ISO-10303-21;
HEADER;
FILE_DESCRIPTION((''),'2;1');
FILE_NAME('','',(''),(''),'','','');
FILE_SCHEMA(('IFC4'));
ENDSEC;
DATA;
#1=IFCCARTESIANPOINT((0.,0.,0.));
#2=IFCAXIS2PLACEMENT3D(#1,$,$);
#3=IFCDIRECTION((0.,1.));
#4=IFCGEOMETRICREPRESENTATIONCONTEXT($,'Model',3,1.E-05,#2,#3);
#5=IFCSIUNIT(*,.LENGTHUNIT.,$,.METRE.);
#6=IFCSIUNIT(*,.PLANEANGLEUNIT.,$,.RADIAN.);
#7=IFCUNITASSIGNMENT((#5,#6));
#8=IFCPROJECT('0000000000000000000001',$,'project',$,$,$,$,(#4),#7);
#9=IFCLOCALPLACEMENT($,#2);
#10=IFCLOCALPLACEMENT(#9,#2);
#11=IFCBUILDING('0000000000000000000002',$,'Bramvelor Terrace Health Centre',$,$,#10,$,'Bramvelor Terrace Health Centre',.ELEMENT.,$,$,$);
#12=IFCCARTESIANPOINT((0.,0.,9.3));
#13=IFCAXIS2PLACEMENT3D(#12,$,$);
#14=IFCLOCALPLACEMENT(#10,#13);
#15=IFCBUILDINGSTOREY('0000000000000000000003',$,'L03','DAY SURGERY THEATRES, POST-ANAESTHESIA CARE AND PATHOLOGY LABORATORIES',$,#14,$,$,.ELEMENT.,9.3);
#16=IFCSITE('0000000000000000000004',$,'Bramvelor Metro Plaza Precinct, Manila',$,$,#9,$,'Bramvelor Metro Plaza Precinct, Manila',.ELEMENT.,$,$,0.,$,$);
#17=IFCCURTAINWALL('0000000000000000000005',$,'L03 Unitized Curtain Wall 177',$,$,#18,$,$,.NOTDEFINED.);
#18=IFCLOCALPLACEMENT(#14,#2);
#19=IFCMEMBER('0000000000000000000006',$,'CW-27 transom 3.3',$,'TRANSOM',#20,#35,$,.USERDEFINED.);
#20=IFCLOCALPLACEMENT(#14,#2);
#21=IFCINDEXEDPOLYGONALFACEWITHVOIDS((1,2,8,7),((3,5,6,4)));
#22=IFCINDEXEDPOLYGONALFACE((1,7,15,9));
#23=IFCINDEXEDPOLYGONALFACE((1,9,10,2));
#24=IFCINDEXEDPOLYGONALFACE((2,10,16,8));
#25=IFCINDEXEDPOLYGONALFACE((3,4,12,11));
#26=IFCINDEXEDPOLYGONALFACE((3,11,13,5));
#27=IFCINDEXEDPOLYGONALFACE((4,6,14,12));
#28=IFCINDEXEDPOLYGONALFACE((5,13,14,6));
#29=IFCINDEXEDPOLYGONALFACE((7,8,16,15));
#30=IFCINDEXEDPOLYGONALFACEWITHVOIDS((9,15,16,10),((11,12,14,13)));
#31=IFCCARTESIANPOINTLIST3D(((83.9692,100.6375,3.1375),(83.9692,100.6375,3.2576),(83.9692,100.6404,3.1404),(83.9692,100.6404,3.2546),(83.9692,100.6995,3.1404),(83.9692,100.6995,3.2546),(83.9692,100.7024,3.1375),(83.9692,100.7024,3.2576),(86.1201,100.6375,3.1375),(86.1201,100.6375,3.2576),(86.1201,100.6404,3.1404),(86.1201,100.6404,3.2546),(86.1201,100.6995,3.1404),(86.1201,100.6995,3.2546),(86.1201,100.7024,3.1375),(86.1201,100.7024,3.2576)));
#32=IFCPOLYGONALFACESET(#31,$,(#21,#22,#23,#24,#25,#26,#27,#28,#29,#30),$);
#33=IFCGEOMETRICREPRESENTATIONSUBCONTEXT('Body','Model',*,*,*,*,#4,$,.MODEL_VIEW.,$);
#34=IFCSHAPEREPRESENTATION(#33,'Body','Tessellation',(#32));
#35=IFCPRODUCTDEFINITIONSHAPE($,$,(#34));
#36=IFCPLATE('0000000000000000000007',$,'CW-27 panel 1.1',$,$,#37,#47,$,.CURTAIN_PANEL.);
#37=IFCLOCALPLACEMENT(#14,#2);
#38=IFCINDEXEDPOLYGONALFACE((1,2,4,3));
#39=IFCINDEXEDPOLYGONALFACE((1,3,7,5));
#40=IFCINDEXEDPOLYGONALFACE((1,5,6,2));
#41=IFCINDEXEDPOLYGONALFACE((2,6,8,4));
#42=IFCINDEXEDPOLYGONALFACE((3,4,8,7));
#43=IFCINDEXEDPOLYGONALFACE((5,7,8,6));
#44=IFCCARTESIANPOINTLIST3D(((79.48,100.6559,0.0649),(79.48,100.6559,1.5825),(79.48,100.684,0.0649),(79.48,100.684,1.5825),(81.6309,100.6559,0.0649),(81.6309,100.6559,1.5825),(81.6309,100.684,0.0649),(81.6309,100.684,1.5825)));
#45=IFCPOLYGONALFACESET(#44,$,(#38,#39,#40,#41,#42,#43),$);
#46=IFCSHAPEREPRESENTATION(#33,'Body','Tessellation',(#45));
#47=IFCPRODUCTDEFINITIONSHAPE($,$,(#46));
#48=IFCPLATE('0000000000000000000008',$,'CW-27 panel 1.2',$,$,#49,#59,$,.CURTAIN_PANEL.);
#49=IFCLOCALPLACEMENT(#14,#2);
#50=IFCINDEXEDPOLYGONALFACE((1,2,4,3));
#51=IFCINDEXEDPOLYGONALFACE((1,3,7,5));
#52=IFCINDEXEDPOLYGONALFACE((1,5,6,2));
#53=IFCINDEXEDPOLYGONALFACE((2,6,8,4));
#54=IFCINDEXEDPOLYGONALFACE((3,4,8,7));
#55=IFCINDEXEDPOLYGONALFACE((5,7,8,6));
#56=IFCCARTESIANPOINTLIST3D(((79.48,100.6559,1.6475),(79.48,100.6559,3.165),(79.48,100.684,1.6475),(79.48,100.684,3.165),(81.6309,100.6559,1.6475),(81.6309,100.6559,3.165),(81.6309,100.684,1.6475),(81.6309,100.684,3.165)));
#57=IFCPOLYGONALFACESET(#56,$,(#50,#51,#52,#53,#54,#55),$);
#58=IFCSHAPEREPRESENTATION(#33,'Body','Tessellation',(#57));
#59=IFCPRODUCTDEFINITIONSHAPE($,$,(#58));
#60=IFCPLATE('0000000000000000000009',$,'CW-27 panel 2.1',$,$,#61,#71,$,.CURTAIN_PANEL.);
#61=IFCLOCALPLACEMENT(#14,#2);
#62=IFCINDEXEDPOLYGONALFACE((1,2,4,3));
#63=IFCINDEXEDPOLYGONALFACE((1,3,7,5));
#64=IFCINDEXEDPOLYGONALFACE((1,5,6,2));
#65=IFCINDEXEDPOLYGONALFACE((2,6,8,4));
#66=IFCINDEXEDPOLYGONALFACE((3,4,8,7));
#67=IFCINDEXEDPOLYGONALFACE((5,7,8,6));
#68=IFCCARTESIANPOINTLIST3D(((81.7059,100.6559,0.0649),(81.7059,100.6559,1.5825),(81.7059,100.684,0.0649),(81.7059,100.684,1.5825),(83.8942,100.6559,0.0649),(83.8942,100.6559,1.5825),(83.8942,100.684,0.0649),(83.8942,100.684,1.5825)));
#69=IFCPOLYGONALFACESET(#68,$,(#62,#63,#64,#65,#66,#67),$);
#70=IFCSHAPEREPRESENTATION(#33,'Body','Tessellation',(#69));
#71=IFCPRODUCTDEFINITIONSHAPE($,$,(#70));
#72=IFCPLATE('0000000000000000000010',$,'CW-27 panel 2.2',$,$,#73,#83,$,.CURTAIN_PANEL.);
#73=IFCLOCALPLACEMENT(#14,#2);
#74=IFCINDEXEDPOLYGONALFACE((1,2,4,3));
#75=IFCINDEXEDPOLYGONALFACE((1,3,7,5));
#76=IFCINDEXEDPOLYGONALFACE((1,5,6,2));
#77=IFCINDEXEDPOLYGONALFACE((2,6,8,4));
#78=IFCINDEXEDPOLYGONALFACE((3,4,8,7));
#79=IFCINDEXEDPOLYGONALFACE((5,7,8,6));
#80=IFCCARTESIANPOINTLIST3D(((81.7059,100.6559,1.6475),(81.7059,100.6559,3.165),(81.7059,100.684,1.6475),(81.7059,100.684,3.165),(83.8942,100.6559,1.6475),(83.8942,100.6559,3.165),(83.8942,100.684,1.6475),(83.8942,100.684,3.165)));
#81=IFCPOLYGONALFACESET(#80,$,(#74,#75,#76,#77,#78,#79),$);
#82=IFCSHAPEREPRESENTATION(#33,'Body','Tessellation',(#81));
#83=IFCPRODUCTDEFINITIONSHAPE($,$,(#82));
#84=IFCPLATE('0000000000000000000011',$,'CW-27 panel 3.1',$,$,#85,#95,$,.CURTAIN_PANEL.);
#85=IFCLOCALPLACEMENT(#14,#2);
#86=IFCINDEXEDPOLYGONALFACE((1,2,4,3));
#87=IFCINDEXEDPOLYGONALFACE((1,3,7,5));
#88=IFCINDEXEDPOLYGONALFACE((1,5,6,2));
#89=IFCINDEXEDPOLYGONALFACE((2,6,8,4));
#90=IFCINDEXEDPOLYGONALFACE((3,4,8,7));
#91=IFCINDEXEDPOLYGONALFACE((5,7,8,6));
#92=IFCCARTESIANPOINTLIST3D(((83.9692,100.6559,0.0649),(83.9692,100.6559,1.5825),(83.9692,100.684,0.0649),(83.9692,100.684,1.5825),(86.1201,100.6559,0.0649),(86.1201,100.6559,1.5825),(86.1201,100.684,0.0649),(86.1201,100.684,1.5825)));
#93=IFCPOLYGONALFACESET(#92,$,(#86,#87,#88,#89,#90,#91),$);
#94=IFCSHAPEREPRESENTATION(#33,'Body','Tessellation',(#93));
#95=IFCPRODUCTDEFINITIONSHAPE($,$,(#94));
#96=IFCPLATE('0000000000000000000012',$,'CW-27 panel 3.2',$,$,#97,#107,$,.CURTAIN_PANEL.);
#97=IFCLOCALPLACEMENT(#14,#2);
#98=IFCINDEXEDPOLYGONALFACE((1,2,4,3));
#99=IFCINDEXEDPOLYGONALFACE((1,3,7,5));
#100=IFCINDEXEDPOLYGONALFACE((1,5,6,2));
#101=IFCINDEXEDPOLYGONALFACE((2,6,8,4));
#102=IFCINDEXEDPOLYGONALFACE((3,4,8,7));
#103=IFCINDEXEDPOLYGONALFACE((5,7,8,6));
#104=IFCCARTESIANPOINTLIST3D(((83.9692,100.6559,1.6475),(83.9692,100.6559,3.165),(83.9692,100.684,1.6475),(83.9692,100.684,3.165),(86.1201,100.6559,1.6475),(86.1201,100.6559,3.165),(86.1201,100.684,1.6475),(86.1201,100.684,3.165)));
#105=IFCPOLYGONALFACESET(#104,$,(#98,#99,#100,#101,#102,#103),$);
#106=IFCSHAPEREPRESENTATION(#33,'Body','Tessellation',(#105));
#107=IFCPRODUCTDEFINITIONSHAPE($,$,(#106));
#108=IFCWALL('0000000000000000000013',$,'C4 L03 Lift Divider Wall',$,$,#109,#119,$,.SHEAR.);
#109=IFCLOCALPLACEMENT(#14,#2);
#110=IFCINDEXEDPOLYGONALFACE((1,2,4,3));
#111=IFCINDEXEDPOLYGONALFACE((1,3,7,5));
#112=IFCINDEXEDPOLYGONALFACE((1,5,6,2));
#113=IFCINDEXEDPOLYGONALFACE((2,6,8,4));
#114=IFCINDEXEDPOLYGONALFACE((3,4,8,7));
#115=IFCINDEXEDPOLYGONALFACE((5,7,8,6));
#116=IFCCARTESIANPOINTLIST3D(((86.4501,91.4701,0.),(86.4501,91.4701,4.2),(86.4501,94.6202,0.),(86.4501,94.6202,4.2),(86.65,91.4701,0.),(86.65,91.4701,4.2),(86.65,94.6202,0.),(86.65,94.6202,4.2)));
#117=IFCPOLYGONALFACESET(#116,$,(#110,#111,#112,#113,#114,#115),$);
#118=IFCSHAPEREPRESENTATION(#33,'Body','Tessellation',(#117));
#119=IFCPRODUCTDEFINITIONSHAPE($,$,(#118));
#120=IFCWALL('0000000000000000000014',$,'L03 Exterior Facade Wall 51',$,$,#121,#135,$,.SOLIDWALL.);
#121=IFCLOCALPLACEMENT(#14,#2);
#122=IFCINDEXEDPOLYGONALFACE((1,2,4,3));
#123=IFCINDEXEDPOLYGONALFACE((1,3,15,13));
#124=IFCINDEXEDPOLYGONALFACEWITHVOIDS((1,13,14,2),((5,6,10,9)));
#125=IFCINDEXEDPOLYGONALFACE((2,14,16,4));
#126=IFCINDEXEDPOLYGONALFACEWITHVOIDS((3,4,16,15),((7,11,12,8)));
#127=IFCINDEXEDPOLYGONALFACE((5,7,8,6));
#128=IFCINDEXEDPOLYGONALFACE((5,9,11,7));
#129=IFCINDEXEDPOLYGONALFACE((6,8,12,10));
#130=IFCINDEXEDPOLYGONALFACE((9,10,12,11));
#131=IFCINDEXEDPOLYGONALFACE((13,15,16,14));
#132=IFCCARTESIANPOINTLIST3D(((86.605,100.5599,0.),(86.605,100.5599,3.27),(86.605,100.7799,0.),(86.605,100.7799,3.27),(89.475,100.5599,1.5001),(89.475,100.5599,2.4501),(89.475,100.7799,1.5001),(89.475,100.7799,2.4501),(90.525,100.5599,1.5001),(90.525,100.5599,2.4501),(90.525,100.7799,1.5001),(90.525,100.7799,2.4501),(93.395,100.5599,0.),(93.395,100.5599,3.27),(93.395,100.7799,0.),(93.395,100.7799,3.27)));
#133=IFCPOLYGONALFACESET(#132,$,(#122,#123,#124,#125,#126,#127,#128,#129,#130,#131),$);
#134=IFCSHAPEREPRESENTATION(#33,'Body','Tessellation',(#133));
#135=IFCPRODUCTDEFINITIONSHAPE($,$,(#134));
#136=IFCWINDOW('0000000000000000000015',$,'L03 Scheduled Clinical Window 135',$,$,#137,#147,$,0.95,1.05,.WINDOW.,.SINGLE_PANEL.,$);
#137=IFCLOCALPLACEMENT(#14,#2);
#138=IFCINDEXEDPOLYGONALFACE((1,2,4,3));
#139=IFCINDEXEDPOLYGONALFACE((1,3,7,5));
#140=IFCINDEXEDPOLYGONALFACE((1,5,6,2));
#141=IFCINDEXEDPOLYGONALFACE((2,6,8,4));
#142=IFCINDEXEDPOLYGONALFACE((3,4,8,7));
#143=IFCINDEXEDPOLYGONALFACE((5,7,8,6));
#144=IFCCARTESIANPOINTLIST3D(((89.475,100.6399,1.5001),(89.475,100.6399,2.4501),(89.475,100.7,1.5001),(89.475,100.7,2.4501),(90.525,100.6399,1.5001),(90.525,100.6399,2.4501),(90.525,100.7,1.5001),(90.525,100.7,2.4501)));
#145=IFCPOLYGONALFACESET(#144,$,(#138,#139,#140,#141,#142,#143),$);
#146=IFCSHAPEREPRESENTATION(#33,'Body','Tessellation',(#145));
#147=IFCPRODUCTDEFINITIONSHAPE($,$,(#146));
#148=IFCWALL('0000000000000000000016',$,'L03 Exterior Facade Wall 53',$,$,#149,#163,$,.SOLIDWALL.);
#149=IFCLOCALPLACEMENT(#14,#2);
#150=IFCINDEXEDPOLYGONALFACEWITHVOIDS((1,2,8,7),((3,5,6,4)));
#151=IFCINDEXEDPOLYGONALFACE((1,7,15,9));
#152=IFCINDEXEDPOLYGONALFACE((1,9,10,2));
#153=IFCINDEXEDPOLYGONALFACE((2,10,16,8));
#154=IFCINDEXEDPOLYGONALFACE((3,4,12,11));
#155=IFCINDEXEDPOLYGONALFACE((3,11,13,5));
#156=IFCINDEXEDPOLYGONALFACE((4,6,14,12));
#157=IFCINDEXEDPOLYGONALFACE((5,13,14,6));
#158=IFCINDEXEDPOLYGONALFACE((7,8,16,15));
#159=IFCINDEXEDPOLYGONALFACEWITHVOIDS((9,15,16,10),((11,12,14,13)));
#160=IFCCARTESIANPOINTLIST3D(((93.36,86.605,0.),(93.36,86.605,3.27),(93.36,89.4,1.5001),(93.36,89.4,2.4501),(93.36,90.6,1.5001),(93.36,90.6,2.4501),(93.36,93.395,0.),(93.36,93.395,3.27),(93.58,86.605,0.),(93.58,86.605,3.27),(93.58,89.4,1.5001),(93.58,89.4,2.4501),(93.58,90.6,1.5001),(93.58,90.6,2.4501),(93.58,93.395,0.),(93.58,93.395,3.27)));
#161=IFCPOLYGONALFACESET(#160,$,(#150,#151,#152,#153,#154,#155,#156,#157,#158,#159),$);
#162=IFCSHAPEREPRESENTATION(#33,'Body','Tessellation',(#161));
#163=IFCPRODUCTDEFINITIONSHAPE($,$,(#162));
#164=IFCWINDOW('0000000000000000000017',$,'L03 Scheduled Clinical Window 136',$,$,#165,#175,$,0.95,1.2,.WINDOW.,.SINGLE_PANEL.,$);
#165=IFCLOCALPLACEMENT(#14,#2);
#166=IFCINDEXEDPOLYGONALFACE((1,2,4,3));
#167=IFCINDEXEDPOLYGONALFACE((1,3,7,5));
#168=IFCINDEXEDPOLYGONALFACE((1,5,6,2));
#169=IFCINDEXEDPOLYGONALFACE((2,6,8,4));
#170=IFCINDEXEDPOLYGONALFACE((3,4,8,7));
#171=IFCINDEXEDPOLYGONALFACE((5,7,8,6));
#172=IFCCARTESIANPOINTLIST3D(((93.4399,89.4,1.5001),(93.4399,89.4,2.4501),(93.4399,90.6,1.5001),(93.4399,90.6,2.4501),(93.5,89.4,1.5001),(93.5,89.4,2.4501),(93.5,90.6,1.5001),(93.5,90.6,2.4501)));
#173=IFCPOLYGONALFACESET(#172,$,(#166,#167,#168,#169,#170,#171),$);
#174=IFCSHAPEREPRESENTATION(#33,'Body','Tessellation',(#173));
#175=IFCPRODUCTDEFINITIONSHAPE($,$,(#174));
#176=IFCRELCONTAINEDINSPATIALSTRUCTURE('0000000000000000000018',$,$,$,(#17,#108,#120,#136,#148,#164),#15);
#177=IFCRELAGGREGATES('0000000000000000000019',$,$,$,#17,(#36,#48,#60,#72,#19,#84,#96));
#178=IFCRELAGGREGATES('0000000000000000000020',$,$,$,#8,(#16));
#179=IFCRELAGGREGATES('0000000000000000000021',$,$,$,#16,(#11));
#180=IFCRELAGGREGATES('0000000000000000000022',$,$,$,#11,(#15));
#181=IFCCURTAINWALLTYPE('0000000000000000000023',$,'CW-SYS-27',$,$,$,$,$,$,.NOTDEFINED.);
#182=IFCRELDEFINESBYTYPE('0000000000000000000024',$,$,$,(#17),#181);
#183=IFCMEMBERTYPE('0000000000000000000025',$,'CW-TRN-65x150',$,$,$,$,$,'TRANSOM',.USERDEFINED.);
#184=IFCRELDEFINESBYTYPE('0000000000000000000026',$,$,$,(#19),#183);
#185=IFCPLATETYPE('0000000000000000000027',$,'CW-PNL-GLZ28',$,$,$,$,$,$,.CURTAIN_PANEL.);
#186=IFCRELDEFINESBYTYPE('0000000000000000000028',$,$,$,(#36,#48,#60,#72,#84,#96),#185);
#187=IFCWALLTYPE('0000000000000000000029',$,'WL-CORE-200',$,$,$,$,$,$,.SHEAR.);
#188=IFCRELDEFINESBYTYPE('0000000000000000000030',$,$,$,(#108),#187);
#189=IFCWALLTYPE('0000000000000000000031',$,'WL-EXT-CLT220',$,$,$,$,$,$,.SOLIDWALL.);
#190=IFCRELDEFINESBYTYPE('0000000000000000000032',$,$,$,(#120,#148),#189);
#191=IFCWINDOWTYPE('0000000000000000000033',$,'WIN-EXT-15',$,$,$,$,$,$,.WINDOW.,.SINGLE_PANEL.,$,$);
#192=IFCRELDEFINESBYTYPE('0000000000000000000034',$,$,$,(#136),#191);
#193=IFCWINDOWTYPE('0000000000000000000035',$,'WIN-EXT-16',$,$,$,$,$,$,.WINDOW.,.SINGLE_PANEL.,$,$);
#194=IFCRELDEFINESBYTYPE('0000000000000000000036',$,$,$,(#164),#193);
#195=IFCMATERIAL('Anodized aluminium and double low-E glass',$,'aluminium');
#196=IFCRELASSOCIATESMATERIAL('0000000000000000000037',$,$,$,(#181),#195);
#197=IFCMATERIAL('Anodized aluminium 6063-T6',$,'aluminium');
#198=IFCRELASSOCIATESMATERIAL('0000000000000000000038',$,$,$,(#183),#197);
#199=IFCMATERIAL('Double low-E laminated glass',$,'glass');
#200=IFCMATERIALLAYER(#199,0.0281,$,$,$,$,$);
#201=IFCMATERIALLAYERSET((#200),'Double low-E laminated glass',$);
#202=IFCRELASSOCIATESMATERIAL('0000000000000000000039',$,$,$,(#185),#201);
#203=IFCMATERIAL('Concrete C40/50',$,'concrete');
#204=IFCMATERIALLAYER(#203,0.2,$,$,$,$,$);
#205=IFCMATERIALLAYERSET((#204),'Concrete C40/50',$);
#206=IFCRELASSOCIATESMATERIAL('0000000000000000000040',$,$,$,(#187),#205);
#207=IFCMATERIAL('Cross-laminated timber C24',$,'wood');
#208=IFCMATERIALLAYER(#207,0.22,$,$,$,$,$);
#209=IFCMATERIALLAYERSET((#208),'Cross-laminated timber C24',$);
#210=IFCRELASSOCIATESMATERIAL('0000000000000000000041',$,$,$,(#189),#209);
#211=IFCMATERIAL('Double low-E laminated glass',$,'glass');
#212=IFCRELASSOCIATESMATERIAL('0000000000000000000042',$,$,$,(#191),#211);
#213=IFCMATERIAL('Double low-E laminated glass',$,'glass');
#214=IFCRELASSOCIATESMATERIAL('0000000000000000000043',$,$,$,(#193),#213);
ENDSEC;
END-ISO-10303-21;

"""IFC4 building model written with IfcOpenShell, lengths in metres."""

from ifc_helpers import new_model, si_unit, direction, frame, frame_2d, origin, origin_2d, place, context, subcontext, project, spatial, rectangle, hollow_rectangle, extrude, material, layer, layer_set, material_profile, profile_set, type_object, element, fill, aggregate, save


model = new_model("IFC4")

# Units and contexts
model_context = context("Model", 3, precision=1e-05, world=origin(), true_north=direction((0.0, 1.0)))
body_context = subcontext(model_context, "Body", "Model", "MODEL_VIEW")
ifc_project = project(units=[si_unit("LENGTHUNIT", "METRE"), si_unit("PLANEANGLEUNIT", "RADIAN")], contexts=[model_context])

# Site, building, storey
site_placement = place(None, origin())
site = spatial("IfcSite", under=ifc_project, at=site_placement, Name="Bramvelor Metro Plaza Precinct, Manila", LongName="Bramvelor Metro Plaza Precinct, Manila", CompositionType="ELEMENT", RefElevation=0.0)
building_placement = place(site_placement, origin())
building = spatial("IfcBuilding", under=site, at=building_placement, Name="Bramvelor Terrace Health Centre", LongName="Bramvelor Terrace Health Centre", CompositionType="ELEMENT")
storey_placement = place(building_placement, frame((0.0, 0.0, 9.3)))
storey = spatial("IfcBuildingStorey", under=building, at=storey_placement, Name="L03", Description="DAY SURGERY THEATRES, POST-ANAESTHESIA CARE AND PATHOLOGY LABORATORIES", CompositionType="ELEMENT", Elevation=9.3)

# Curtain wall, member, plates
ifc_material_1 = material(Name="Anodized aluminium and double low-E glass", Category="aluminium")
curtain_wall_type = type_object("IfcCurtainWallType", Name="CW-SYS-27", PredefinedType="NOTDEFINED", material=ifc_material_1)
curtain_wall_placement = place(storey_placement, origin())
curtain_wall = element("IfcCurtainWall", 1, at=curtain_wall_placement, inside=storey, type_object=curtain_wall_type, Name="L03 Unitized Curtain Wall 177", PredefinedType="NOTDEFINED")
ifc_material_2 = material(Name="Anodized aluminium 6063-T6", Category="aluminium")
ifc_material_profile_1 = material_profile(ifc_material_2, hollow_rectangle(XDim=0.0649, YDim=0.1201, WallThickness=0.0029, at=origin_2d()), Name="ALU-TRN 65x120x3.0")
ifc_profile_set_1 = profile_set([ifc_material_profile_1], Name="Anodized aluminium 6063-T6")
member_type_1 = type_object("IfcMemberType", Name="CW-TRN-65x150", ElementType="TRANSOM", PredefinedType="USERDEFINED", material=ifc_profile_set_1)
member_1_placement = place(storey_placement, frame((83.9692, 100.6699, 3.1975), z_axis=(1.0, 0.0, 0.0), x_axis=(0.0, 1.0, 0.0)))
member_1 = element("IfcMember", 2, at=member_1_placement, type_object=member_type_1, Name="CW-27 transom 3.3", ObjectType="TRANSOM", PredefinedType="USERDEFINED", context=body_context, shape_type="SweptSolid", body=[
    extrude(hollow_rectangle(XDim=0.0649, YDim=0.1201, WallThickness=0.0029, at=origin_2d()), origin(), (0.0, 0.0, 1.0), 2.1509),
])
ifc_material_3 = material(Name="Double low-E laminated glass", Category="glass")
ifc_layer_1 = layer(ifc_material_3, 0.0281)
ifc_layer_set_1 = layer_set([ifc_layer_1], Name="Double low-E laminated glass")
plate_type = type_object("IfcPlateType", Name="CW-PNL-GLZ28", PredefinedType="CURTAIN_PANEL", material=ifc_layer_set_1)
plate_1_placement = place(storey_placement, frame((80.5554, 100.6699, 0.0649), z_axis=(0.0, 0.0, 1.0), x_axis=(1.0, 0.0, 0.0)))
plate_1 = element("IfcPlate", 3, at=plate_1_placement, type_object=plate_type, Name="CW-27 panel 1.1", PredefinedType="CURTAIN_PANEL", context=body_context, shape_type="SweptSolid", body=[
    extrude(rectangle(XDim=2.1509, YDim=0.0281, at=origin_2d()), origin(), (0.0, 0.0, 1.0), 1.5176),
])
plate_2_placement = place(storey_placement, frame((80.5554, 100.6699, 1.6475), z_axis=(0.0, 0.0, 1.0), x_axis=(1.0, 0.0, 0.0)))
plate_2 = element("IfcPlate", 4, at=plate_2_placement, type_object=plate_type, Name="CW-27 panel 1.2", PredefinedType="CURTAIN_PANEL", context=body_context, shape_type="SweptSolid", body=[
    extrude(rectangle(XDim=2.1509, YDim=0.0281, at=origin_2d()), origin(), (0.0, 0.0, 1.0), 1.5176),
])
plate_3_placement = place(storey_placement, frame((82.8, 100.6699, 0.0649), z_axis=(0.0, 0.0, 1.0), x_axis=(1.0, 0.0, 0.0)))
plate_3 = element("IfcPlate", 5, at=plate_3_placement, type_object=plate_type, Name="CW-27 panel 2.1", PredefinedType="CURTAIN_PANEL", context=body_context, shape_type="SweptSolid", body=[
    extrude(rectangle(XDim=2.1882, YDim=0.0281, at=origin_2d()), origin(), (0.0, 0.0, 1.0), 1.5176),
])
plate_4_placement = place(storey_placement, frame((82.8, 100.6699, 1.6475), z_axis=(0.0, 0.0, 1.0), x_axis=(1.0, 0.0, 0.0)))
plate_4 = element("IfcPlate", 6, at=plate_4_placement, type_object=plate_type, Name="CW-27 panel 2.2", PredefinedType="CURTAIN_PANEL", context=body_context, shape_type="SweptSolid", body=[
    extrude(rectangle(XDim=2.1882, YDim=0.0281, at=origin_2d()), origin(), (0.0, 0.0, 1.0), 1.5176),
])
plate_5_placement = place(storey_placement, frame((85.0447, 100.6699, 0.0649), z_axis=(0.0, 0.0, 1.0), x_axis=(1.0, 0.0, 0.0)))
plate_5 = element("IfcPlate", 7, at=plate_5_placement, type_object=plate_type, Name="CW-27 panel 3.1", PredefinedType="CURTAIN_PANEL", context=body_context, shape_type="SweptSolid", body=[
    extrude(rectangle(XDim=2.1509, YDim=0.0281, at=origin_2d()), origin(), (0.0, 0.0, 1.0), 1.5176),
])
plate_6_placement = place(storey_placement, frame((85.0447, 100.6699, 1.6475), z_axis=(0.0, 0.0, 1.0), x_axis=(1.0, 0.0, 0.0)))
plate_6 = element("IfcPlate", 8, at=plate_6_placement, type_object=plate_type, Name="CW-27 panel 3.2", PredefinedType="CURTAIN_PANEL", context=body_context, shape_type="SweptSolid", body=[
    extrude(rectangle(XDim=2.1509, YDim=0.0281, at=origin_2d()), origin(), (0.0, 0.0, 1.0), 1.5176),
])
aggregate(curtain_wall, [plate_1, plate_2, plate_3, plate_4, member_1, plate_5, plate_6])

# Wall
ifc_material_4 = material(Name="Concrete C40/50", Category="concrete")
ifc_layer_2 = layer(ifc_material_4, 0.2)
ifc_layer_set_2 = layer_set([ifc_layer_2], Name="Concrete C40/50")
wall_type_1 = type_object("IfcWallType", Name="WL-CORE-200", PredefinedType="SHEAR", material=ifc_layer_set_2)
wall_1_placement = place(storey_placement, frame((86.55, 91.47, 0.0), z_axis=(0.0, 0.0, 1.0), x_axis=(0.0, 1.0, 0.0)))
element("IfcWall", 9, at=wall_1_placement, inside=storey, type_object=wall_type_1, Name="C4 L03 Lift Divider Wall", PredefinedType="SHEAR", context=body_context, shape_type="SweptSolid", body=[
    extrude(rectangle(XDim=3.1501, YDim=0.2, at=frame_2d((1.5752, 0.0))), origin(), (0.0, 0.0, 1.0), 4.2),
])

# Walls, openings, windows
ifc_material_5 = material(Name="Cross-laminated timber C24", Category="wood")
ifc_layer_3 = layer(ifc_material_5, 0.22)
ifc_layer_set_3 = layer_set([ifc_layer_3], Name="Cross-laminated timber C24")
wall_type_2 = type_object("IfcWallType", Name="WL-EXT-CLT220", PredefinedType="SOLIDWALL", material=ifc_layer_set_3)
wall_2_placement = place(storey_placement, frame((86.605, 100.6699, 0.0), z_axis=(0.0, 0.0, 1.0), x_axis=(1.0, 0.0, 0.0)))
wall_2 = element("IfcWall", 10, at=wall_2_placement, inside=storey, type_object=wall_type_2, Name="L03 Exterior Facade Wall 51", PredefinedType="SOLIDWALL", context=body_context, shape_type="SweptSolid", body=[
    extrude(rectangle(XDim=6.79, YDim=0.22, at=frame_2d((3.395, 0.0))), origin(), (0.0, 0.0, 1.0), 3.27),
])
opening_1_placement = place(wall_2_placement, frame((2.8701, 0.0, 1.5)))
opening_1 = element("IfcOpeningElement", 11, at=opening_1_placement, cuts=wall_2, PredefinedType="OPENING", context=body_context, shape_type="SweptSolid", body=[
    extrude(rectangle(XDim=1.05, YDim=0.95, at=frame_2d((0.5249, 0.4751))), frame((0.0, 0.1199, 0.0), z_axis=(0.0, -1.0, 0.0), x_axis=(1.0, 0.0, 0.0)), (0.0, 0.0, 1.0), 0.24),
])
ifc_material_6 = material(Name="Double low-E laminated glass", Category="glass")
window_type_1 = type_object("IfcWindowType", Name="WIN-EXT-15", PartitioningType="SINGLE_PANEL", PredefinedType="WINDOW", material=ifc_material_6)
window_1_placement = place(opening_1_placement, origin())
window_1 = element("IfcWindow", 12, at=window_1_placement, inside=storey, type_object=window_type_1, Name="L03 Scheduled Clinical Window 135", OverallHeight=0.95, OverallWidth=1.05, PartitioningType="SINGLE_PANEL", PredefinedType="WINDOW", context=body_context, shape_type="SweptSolid", body=[
    extrude(rectangle(XDim=1.05, YDim=0.95, at=frame_2d((0.5249, 0.4751))), frame((0.0, 0.03, 0.0), z_axis=(0.0, -1.0, 0.0), x_axis=(1.0, 0.0, 0.0)), (0.0, 0.0, 1.0), 0.0601),
])
fill(opening_1, window_1)
wall_3_placement = place(storey_placement, frame((93.47, 93.395, 0.0), z_axis=(0.0, 0.0, 1.0), x_axis=(0.0, -1.0, 0.0)))
wall_3 = element("IfcWall", 13, at=wall_3_placement, inside=storey, type_object=wall_type_2, Name="L03 Exterior Facade Wall 53", PredefinedType="SOLIDWALL", context=body_context, shape_type="SweptSolid", body=[
    extrude(rectangle(XDim=6.79, YDim=0.22, at=frame_2d((3.395, 0.0))), origin(), (0.0, 0.0, 1.0), 3.27),
])
opening_2_placement = place(wall_3_placement, frame((2.7949, 0.0, 1.5)))
opening_2 = element("IfcOpeningElement", 14, at=opening_2_placement, cuts=wall_3, PredefinedType="OPENING", context=body_context, shape_type="SweptSolid", body=[
    extrude(rectangle(XDim=1.2, YDim=0.95, at=frame_2d((0.6001, 0.4751))), frame((0.0, 0.1199, 0.0), z_axis=(0.0, -1.0, 0.0), x_axis=(1.0, 0.0, 0.0)), (0.0, 0.0, 1.0), 0.24),
])
ifc_material_7 = material(Name="Double low-E laminated glass", Category="glass")
window_type_2 = type_object("IfcWindowType", Name="WIN-EXT-16", PartitioningType="SINGLE_PANEL", PredefinedType="WINDOW", material=ifc_material_7)
window_2_placement = place(opening_2_placement, origin())
window_2 = element("IfcWindow", 15, at=window_2_placement, inside=storey, type_object=window_type_2, Name="L03 Scheduled Clinical Window 136", OverallHeight=0.95, OverallWidth=1.2, PartitioningType="SINGLE_PANEL", PredefinedType="WINDOW", context=body_context, shape_type="SweptSolid", body=[
    extrude(rectangle(XDim=1.2, YDim=0.95, at=frame_2d((0.6001, 0.4751))), frame((0.0, 0.03, 0.0), z_axis=(0.0, -1.0, 0.0), x_axis=(1.0, 0.0, 0.0)), (0.0, 0.0, 1.0), 0.0601),
])
fill(opening_2, window_2)

save(model, "model.ifc")
